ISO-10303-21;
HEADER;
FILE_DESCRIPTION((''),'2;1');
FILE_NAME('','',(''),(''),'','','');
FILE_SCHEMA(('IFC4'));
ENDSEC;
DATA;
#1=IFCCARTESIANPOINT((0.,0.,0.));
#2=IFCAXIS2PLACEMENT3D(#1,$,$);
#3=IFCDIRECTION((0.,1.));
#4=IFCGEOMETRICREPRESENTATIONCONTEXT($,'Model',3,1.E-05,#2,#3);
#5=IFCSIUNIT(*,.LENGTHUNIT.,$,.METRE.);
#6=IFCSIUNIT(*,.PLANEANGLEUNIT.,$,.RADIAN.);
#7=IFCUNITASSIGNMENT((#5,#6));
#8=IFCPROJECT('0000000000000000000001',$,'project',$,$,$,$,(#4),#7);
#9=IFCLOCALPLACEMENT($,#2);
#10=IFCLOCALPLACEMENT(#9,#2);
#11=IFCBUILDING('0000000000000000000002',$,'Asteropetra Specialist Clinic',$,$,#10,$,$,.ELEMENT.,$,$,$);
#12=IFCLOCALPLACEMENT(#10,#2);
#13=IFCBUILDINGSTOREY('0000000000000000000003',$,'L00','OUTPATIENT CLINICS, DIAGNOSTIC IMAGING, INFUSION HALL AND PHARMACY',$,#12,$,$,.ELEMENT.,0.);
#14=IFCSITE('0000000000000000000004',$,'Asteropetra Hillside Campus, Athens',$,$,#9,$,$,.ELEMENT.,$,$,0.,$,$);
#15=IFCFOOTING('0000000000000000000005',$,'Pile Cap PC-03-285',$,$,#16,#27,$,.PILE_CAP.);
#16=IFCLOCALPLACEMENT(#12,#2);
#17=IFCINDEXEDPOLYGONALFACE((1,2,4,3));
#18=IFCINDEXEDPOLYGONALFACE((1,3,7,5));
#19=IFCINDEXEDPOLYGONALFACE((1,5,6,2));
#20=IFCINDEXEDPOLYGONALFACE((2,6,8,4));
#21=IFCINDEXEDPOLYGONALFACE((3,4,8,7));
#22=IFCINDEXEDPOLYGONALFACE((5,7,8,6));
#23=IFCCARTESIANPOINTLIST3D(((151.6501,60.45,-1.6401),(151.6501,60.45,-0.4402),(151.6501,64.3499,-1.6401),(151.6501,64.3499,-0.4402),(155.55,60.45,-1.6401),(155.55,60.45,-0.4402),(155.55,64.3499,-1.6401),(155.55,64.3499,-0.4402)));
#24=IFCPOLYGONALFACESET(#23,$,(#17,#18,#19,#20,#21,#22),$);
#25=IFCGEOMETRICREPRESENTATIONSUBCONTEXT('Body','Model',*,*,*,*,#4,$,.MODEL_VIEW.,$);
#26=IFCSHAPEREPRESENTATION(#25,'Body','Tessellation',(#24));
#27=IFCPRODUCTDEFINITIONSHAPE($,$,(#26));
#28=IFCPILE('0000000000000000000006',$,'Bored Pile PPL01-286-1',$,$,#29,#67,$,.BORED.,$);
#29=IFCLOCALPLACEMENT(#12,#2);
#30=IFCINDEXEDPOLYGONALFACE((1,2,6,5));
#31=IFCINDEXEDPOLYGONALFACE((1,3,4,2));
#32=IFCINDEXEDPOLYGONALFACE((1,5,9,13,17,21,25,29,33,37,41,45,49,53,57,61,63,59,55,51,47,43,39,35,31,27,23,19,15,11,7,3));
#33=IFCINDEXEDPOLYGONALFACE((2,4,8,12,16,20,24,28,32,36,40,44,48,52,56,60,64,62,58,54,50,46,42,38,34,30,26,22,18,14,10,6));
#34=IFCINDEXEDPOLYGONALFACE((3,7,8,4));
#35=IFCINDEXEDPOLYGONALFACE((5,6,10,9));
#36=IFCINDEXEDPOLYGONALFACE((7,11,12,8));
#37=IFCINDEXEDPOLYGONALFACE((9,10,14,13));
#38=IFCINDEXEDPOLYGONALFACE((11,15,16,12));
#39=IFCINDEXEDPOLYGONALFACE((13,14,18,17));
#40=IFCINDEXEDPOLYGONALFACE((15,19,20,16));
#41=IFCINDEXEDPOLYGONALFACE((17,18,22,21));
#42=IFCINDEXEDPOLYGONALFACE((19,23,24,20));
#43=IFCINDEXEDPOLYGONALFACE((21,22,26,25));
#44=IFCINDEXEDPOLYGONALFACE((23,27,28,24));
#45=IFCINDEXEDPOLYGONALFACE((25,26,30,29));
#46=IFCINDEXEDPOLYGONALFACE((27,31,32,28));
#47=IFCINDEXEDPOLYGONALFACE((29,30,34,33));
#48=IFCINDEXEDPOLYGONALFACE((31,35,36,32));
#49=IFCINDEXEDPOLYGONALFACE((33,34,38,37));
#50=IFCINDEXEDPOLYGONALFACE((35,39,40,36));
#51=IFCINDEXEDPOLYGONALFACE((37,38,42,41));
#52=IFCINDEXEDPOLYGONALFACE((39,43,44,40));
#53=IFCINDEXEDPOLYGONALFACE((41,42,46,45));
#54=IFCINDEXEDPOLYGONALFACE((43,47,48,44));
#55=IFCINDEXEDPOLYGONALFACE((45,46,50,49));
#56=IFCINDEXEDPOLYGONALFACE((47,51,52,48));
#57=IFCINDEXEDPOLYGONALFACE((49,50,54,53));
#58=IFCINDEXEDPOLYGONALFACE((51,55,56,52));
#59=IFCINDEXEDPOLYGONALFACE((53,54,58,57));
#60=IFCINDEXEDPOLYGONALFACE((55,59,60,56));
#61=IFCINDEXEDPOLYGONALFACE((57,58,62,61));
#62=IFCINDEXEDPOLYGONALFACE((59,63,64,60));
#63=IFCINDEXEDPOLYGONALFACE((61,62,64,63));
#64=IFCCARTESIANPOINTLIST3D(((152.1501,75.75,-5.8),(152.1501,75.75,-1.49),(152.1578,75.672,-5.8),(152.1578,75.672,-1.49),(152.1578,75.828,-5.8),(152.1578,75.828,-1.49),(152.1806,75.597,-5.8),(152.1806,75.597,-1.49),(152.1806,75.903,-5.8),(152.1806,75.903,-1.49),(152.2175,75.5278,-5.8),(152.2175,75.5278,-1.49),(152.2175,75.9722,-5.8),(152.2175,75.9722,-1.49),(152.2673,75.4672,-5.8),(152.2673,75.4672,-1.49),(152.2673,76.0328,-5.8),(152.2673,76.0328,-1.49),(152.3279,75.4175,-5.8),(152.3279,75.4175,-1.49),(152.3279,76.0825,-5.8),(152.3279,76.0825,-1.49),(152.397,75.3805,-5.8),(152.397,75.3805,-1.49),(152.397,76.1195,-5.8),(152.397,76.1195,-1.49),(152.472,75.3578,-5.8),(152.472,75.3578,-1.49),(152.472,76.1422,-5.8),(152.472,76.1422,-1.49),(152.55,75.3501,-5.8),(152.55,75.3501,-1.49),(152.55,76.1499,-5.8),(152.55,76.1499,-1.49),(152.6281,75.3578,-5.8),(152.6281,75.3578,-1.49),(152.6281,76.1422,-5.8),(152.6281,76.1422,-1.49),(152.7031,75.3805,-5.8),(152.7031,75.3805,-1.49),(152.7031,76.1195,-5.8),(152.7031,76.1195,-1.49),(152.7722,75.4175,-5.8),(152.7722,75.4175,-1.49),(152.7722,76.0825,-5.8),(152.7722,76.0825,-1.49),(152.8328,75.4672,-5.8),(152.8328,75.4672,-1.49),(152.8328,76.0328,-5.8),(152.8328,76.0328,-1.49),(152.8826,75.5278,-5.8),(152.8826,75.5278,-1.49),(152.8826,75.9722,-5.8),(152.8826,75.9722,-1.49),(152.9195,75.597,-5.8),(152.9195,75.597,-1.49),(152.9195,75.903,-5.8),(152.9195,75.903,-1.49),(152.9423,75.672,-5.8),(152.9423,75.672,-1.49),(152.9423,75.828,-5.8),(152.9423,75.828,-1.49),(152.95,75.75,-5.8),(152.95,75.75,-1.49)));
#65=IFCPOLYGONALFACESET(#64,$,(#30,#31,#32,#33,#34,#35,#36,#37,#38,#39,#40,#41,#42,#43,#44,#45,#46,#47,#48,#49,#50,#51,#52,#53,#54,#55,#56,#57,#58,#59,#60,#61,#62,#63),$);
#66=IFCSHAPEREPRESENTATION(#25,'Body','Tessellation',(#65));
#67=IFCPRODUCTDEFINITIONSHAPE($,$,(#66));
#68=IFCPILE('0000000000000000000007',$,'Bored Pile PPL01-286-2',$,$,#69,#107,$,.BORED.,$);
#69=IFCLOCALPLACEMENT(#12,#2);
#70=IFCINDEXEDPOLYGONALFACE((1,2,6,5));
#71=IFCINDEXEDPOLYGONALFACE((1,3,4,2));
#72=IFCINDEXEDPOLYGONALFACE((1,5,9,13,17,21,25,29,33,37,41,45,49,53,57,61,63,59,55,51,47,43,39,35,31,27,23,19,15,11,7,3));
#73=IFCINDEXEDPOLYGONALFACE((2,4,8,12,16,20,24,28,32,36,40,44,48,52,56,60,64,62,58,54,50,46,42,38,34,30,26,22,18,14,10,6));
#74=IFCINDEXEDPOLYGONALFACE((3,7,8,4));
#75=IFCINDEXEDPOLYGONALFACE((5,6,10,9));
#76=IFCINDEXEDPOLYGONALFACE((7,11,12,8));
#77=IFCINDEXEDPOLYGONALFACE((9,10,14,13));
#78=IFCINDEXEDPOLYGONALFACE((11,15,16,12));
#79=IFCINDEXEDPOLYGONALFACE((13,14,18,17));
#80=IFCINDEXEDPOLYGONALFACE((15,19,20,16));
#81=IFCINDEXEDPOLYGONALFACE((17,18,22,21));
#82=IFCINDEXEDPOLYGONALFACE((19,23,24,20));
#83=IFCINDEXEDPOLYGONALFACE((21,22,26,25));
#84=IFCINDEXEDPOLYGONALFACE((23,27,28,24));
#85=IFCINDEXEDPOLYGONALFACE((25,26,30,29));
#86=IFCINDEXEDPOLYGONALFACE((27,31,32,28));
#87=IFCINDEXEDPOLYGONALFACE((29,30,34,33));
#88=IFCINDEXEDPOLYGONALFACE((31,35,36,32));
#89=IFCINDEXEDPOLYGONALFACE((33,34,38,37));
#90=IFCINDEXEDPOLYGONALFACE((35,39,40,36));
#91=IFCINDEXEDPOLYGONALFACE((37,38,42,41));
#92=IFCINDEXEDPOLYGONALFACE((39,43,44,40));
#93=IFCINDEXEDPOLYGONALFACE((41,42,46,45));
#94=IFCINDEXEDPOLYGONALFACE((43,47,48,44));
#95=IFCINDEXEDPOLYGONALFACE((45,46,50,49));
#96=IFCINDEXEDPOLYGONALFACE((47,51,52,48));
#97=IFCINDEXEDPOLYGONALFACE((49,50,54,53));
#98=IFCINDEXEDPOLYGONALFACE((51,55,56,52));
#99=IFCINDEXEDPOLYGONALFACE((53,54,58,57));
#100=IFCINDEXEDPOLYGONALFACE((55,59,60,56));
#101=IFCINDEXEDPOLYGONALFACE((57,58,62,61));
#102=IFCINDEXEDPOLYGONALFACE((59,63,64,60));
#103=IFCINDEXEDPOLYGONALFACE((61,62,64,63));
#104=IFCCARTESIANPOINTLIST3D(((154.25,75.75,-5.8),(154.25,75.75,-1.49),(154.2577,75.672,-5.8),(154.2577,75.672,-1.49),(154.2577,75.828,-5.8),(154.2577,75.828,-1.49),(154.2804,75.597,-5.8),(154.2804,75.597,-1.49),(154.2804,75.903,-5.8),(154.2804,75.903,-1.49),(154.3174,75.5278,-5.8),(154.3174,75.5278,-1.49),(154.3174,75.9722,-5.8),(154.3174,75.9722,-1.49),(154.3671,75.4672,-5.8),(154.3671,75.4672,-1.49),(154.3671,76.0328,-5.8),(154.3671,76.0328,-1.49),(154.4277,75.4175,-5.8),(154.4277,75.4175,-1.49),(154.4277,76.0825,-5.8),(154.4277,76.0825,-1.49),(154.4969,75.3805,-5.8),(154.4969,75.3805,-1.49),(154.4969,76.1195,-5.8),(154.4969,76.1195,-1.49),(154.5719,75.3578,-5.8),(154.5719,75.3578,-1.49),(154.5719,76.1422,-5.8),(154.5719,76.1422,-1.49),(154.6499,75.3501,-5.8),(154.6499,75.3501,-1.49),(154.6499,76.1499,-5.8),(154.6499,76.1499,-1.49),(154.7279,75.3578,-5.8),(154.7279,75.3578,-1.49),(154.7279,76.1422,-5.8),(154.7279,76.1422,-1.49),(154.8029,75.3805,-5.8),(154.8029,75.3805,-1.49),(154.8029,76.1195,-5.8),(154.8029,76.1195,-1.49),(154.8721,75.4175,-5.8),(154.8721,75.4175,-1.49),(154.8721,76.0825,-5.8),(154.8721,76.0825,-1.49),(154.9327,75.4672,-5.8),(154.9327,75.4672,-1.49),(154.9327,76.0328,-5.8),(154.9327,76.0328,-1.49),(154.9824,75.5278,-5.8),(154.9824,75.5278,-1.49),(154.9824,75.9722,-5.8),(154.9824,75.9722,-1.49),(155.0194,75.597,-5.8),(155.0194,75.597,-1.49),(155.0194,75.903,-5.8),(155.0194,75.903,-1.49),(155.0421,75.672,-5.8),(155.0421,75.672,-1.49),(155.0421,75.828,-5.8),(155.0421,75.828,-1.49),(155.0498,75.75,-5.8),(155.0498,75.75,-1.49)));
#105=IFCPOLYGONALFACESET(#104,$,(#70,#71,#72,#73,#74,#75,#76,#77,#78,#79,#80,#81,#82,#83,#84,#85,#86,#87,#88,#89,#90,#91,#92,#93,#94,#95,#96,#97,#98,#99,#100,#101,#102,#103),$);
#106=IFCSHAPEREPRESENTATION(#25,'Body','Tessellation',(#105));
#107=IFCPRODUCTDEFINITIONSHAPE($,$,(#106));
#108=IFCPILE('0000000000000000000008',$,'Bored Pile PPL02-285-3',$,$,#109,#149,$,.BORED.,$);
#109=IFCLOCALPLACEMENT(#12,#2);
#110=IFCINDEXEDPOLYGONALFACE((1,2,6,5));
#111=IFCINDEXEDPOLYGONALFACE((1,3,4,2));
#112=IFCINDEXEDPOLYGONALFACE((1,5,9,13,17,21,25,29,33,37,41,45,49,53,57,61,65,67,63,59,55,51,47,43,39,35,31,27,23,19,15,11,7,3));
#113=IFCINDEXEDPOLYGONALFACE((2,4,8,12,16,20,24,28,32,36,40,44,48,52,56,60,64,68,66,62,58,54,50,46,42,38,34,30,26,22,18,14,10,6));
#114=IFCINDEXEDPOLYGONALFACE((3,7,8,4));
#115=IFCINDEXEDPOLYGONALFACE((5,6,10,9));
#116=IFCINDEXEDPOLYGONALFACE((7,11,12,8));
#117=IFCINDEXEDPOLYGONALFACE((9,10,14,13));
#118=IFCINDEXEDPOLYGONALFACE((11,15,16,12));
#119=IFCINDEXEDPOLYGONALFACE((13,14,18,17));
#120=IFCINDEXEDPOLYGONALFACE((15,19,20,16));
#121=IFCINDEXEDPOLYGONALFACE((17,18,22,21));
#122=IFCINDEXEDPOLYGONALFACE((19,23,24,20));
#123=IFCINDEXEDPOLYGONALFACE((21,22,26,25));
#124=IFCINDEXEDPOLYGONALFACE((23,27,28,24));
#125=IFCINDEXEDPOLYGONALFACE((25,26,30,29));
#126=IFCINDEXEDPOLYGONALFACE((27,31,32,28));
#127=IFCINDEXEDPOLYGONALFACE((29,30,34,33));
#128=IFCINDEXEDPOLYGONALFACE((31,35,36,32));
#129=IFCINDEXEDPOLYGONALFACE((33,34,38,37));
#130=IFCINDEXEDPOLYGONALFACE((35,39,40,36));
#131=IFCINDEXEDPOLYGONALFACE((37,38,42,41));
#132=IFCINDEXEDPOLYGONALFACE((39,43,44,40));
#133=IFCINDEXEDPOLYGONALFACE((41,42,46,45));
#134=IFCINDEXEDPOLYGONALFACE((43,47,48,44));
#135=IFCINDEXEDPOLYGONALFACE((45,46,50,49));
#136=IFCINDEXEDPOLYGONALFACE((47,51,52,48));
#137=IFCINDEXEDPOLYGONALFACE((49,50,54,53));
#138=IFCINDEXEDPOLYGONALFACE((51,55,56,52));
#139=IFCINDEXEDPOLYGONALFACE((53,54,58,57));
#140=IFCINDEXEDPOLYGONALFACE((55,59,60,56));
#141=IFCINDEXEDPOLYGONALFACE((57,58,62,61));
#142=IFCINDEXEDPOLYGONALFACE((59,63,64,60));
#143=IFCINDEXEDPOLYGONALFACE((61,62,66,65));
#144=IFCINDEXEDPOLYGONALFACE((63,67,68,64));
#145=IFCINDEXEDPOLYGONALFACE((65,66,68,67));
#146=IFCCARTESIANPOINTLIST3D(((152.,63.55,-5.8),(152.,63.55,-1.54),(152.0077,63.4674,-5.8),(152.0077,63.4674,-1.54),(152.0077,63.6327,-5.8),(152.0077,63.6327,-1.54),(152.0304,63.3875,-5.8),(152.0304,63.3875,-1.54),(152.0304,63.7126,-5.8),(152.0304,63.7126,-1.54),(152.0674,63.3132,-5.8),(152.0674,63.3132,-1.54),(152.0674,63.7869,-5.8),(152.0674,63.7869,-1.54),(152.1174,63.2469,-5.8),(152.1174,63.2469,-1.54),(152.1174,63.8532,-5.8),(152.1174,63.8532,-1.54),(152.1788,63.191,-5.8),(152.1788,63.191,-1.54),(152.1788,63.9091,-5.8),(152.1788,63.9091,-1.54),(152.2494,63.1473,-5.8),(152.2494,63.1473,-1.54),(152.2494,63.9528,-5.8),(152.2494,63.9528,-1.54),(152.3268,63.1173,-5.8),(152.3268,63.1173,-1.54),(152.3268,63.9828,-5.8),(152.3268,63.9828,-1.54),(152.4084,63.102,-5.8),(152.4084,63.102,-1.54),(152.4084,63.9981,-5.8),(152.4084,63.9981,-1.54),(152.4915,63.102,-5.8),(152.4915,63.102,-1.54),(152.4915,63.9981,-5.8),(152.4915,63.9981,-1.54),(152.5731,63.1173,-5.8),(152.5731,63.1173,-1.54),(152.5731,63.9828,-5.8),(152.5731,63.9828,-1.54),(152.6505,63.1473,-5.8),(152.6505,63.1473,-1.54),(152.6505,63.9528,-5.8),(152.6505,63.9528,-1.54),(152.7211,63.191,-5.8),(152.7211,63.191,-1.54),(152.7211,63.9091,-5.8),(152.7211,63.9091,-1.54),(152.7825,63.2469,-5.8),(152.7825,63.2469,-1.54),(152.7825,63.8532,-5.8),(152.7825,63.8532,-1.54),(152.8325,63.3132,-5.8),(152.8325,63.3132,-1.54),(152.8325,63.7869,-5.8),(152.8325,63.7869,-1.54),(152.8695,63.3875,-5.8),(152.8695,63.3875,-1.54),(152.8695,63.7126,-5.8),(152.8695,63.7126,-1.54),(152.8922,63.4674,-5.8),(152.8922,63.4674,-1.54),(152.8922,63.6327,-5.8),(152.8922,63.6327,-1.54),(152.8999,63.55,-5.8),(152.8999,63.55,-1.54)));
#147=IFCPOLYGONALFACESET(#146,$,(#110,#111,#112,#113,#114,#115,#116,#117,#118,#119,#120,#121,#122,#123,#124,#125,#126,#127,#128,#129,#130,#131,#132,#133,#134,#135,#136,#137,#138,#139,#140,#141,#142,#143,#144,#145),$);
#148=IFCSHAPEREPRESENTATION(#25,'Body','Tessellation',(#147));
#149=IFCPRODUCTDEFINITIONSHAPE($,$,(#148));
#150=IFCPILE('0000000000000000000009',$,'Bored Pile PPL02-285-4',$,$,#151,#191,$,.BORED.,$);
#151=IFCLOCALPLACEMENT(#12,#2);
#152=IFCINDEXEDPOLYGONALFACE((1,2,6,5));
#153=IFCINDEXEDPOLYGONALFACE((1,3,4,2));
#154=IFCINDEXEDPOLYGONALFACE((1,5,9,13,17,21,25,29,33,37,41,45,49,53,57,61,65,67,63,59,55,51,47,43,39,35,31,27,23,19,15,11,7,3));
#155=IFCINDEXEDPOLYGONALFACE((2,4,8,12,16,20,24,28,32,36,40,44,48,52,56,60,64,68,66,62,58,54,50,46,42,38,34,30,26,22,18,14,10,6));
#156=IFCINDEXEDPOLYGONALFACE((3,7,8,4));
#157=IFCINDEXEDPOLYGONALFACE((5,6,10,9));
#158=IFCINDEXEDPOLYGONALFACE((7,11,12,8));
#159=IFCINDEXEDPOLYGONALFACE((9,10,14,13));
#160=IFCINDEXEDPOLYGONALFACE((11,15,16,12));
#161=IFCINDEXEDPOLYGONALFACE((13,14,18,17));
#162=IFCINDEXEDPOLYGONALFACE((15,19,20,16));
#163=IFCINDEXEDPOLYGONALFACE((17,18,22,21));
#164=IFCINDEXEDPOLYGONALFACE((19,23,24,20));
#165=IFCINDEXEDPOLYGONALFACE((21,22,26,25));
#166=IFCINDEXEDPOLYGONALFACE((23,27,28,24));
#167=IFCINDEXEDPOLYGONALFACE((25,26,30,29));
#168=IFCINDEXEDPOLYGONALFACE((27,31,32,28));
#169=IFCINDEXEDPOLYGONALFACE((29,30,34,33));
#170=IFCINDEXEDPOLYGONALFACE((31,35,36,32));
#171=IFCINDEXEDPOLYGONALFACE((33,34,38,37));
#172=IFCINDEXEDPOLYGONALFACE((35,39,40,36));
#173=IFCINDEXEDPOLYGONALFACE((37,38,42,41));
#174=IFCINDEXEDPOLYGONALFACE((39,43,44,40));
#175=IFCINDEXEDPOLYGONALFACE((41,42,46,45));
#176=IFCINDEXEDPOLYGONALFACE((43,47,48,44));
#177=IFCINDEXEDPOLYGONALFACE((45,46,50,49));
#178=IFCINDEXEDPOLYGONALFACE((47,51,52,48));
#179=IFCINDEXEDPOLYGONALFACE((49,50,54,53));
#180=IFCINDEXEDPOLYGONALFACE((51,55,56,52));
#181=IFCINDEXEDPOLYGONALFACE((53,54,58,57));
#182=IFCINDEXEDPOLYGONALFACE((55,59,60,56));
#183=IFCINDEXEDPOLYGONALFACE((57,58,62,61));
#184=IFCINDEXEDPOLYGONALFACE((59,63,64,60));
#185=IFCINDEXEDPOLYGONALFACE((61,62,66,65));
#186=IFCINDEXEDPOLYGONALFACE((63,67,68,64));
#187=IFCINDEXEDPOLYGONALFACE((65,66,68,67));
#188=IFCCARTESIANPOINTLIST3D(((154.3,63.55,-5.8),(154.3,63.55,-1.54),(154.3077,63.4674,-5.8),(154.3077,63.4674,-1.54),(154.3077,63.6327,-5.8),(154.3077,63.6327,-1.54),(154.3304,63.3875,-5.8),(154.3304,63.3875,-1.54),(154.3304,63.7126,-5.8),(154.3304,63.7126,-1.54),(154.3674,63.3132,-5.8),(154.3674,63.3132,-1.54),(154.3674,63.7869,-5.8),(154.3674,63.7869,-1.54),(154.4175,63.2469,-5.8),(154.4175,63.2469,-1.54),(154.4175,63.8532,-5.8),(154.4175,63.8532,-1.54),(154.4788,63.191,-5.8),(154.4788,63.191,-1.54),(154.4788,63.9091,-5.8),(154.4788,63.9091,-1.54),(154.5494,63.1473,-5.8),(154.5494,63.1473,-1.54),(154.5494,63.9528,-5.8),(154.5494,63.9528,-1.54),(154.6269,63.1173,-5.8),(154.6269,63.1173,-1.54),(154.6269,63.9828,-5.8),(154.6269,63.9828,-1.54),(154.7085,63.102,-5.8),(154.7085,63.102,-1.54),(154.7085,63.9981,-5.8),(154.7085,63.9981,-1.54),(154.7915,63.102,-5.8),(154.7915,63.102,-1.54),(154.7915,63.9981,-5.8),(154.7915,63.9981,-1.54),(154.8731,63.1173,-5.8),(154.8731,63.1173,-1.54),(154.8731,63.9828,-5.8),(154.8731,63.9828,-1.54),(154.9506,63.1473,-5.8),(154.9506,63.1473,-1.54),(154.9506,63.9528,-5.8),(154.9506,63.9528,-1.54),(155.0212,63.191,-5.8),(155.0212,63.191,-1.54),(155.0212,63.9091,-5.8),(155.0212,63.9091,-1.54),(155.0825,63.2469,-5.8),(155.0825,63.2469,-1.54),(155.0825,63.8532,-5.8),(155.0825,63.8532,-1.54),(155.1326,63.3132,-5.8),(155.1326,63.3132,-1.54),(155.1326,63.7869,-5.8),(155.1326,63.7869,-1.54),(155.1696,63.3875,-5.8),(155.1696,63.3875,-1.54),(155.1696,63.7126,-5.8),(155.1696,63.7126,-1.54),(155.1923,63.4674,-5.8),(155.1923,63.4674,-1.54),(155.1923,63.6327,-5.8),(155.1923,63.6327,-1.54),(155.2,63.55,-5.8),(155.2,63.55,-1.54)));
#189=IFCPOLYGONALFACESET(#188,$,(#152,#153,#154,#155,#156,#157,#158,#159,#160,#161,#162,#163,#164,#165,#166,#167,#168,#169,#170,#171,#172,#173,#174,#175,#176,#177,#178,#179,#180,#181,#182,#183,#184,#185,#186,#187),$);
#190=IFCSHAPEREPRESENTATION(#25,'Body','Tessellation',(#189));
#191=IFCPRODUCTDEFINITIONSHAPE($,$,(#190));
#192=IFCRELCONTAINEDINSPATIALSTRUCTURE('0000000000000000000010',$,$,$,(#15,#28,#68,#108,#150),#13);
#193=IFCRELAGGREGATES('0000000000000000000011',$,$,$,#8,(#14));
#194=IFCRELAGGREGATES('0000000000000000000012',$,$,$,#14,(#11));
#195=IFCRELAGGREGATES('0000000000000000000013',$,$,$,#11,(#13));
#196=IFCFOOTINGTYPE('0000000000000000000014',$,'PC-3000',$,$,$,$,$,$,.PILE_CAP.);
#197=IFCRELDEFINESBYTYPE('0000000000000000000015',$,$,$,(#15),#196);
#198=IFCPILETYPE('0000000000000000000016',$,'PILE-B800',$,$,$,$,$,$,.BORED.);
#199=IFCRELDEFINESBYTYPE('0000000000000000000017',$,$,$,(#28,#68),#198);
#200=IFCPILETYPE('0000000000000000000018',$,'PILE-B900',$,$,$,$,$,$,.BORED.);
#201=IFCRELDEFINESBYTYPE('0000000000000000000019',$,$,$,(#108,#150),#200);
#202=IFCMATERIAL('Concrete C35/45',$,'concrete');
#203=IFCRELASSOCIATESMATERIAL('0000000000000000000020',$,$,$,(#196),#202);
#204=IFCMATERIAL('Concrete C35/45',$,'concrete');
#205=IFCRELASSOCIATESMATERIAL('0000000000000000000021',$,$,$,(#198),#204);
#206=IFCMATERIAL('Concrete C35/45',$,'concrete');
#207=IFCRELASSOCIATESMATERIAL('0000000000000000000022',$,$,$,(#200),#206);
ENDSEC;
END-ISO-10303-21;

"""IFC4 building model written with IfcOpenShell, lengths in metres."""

from ifc_helpers import new_model, si_unit, direction, frame, origin, origin_2d, place, context, subcontext, project, spatial, rectangle, circle, extrude, material, material_profile, profile_set, type_object, element, save


model = new_model("IFC4")

# Units and contexts
model_context = context("Model", 3, precision=1e-05, world=origin(), true_north=direction((0.0, 1.0)))
body_context = subcontext(model_context, "Body", "Model", "MODEL_VIEW")
ifc_project = project(units=[si_unit("LENGTHUNIT", "METRE"), si_unit("PLANEANGLEUNIT", "RADIAN")], contexts=[model_context])

# Site, building, storey
site_placement = place(None, origin())
site = spatial("IfcSite", under=ifc_project, at=site_placement, Name="Asteropetra Hillside Campus, Athens", CompositionType="ELEMENT", RefElevation=0.0)
building_placement = place(site_placement, origin())
building = spatial("IfcBuilding", under=site, at=building_placement, Name="Asteropetra Specialist Clinic", CompositionType="ELEMENT")
storey_placement = place(building_placement, origin())
storey = spatial("IfcBuildingStorey", under=building, at=storey_placement, Name="L00", Description="OUTPATIENT CLINICS, DIAGNOSTIC IMAGING, INFUSION HALL AND PHARMACY", CompositionType="ELEMENT", Elevation=0.0)

# Footing
ifc_material_1 = material(Name="Concrete C35/45", Category="concrete")
footing_type = type_object("IfcFootingType", Name="PC-3000", PredefinedType="PILE_CAP", material=ifc_material_1)
footing_placement = place(storey_placement, frame((153.6001, 62.3999, -1.6401), z_axis=(0.0, 0.0, 1.0), x_axis=(1.0, 0.0, 0.0)))
element("IfcFooting", 1, at=footing_placement, inside=storey, type_object=footing_type, Name="Pile Cap PC-03-285", PredefinedType="PILE_CAP", context=body_context, shape_type="SweptSolid", body=[
    extrude(rectangle(XDim=3.8999, YDim=3.8999, at=origin_2d()), origin(), (0.0, 0.0, 1.0), 1.2),
])

# Piles
ifc_material_2 = material(Name="Concrete C35/45", Category="concrete")
ifc_material_profile_1 = material_profile(ifc_material_2, circle(Radius=0.3999, at=origin_2d()), Name="PILE D800")
ifc_profile_set_1 = profile_set([ifc_material_profile_1], Name="Concrete C35/45")
pile_type_1 = type_object("IfcPileType", Name="PILE-B800", PredefinedType="BORED", material=ifc_profile_set_1)
for number, where, z_axis, x_axis, name in (
    (2, (152.55, 75.75, -1.49), (0.0, 0.0, -1.0), (1.0, 0.0, 0.0), "Bored Pile PPL01-286-1"),
    (3, (154.6499, 75.75, -1.49), (0.0, 0.0, -1.0), (1.0, 0.0, 0.0), "Bored Pile PPL01-286-2"),
):
    element("IfcPile", number, at=place(storey_placement, frame(where, z_axis=z_axis, x_axis=x_axis)), inside=storey, type_object=pile_type_1, Name=name, PredefinedType="BORED", context=body_context, shape_type="SweptSolid", body=[
        extrude(circle(Radius=0.3999, at=origin_2d()), origin(), (0.0, 0.0, 1.0), 4.3101),
    ])
ifc_material_3 = material(Name="Concrete C35/45", Category="concrete")
ifc_material_profile_2 = material_profile(ifc_material_3, circle(Radius=0.45, at=origin_2d()), Name="PILE D900")
ifc_profile_set_2 = profile_set([ifc_material_profile_2], Name="Concrete C35/45")
pile_type_2 = type_object("IfcPileType", Name="PILE-B900", PredefinedType="BORED", material=ifc_profile_set_2)
for number, where, z_axis, x_axis, name in (
    (4, (152.45, 63.55, -1.54), (0.0, 0.0, -1.0), (1.0, 0.0, 0.0), "Bored Pile PPL02-285-3"),
    (5, (154.75, 63.55, -1.54), (0.0, 0.0, -1.0), (1.0, 0.0, 0.0), "Bored Pile PPL02-285-4"),
):
    element("IfcPile", number, at=place(storey_placement, frame(where, z_axis=z_axis, x_axis=x_axis)), inside=storey, type_object=pile_type_2, Name=name, PredefinedType="BORED", context=body_context, shape_type="SweptSolid", body=[
        extrude(circle(Radius=0.45, at=origin_2d()), origin(), (0.0, 0.0, 1.0), 4.26),
    ])

save(model, "model.ifc")
